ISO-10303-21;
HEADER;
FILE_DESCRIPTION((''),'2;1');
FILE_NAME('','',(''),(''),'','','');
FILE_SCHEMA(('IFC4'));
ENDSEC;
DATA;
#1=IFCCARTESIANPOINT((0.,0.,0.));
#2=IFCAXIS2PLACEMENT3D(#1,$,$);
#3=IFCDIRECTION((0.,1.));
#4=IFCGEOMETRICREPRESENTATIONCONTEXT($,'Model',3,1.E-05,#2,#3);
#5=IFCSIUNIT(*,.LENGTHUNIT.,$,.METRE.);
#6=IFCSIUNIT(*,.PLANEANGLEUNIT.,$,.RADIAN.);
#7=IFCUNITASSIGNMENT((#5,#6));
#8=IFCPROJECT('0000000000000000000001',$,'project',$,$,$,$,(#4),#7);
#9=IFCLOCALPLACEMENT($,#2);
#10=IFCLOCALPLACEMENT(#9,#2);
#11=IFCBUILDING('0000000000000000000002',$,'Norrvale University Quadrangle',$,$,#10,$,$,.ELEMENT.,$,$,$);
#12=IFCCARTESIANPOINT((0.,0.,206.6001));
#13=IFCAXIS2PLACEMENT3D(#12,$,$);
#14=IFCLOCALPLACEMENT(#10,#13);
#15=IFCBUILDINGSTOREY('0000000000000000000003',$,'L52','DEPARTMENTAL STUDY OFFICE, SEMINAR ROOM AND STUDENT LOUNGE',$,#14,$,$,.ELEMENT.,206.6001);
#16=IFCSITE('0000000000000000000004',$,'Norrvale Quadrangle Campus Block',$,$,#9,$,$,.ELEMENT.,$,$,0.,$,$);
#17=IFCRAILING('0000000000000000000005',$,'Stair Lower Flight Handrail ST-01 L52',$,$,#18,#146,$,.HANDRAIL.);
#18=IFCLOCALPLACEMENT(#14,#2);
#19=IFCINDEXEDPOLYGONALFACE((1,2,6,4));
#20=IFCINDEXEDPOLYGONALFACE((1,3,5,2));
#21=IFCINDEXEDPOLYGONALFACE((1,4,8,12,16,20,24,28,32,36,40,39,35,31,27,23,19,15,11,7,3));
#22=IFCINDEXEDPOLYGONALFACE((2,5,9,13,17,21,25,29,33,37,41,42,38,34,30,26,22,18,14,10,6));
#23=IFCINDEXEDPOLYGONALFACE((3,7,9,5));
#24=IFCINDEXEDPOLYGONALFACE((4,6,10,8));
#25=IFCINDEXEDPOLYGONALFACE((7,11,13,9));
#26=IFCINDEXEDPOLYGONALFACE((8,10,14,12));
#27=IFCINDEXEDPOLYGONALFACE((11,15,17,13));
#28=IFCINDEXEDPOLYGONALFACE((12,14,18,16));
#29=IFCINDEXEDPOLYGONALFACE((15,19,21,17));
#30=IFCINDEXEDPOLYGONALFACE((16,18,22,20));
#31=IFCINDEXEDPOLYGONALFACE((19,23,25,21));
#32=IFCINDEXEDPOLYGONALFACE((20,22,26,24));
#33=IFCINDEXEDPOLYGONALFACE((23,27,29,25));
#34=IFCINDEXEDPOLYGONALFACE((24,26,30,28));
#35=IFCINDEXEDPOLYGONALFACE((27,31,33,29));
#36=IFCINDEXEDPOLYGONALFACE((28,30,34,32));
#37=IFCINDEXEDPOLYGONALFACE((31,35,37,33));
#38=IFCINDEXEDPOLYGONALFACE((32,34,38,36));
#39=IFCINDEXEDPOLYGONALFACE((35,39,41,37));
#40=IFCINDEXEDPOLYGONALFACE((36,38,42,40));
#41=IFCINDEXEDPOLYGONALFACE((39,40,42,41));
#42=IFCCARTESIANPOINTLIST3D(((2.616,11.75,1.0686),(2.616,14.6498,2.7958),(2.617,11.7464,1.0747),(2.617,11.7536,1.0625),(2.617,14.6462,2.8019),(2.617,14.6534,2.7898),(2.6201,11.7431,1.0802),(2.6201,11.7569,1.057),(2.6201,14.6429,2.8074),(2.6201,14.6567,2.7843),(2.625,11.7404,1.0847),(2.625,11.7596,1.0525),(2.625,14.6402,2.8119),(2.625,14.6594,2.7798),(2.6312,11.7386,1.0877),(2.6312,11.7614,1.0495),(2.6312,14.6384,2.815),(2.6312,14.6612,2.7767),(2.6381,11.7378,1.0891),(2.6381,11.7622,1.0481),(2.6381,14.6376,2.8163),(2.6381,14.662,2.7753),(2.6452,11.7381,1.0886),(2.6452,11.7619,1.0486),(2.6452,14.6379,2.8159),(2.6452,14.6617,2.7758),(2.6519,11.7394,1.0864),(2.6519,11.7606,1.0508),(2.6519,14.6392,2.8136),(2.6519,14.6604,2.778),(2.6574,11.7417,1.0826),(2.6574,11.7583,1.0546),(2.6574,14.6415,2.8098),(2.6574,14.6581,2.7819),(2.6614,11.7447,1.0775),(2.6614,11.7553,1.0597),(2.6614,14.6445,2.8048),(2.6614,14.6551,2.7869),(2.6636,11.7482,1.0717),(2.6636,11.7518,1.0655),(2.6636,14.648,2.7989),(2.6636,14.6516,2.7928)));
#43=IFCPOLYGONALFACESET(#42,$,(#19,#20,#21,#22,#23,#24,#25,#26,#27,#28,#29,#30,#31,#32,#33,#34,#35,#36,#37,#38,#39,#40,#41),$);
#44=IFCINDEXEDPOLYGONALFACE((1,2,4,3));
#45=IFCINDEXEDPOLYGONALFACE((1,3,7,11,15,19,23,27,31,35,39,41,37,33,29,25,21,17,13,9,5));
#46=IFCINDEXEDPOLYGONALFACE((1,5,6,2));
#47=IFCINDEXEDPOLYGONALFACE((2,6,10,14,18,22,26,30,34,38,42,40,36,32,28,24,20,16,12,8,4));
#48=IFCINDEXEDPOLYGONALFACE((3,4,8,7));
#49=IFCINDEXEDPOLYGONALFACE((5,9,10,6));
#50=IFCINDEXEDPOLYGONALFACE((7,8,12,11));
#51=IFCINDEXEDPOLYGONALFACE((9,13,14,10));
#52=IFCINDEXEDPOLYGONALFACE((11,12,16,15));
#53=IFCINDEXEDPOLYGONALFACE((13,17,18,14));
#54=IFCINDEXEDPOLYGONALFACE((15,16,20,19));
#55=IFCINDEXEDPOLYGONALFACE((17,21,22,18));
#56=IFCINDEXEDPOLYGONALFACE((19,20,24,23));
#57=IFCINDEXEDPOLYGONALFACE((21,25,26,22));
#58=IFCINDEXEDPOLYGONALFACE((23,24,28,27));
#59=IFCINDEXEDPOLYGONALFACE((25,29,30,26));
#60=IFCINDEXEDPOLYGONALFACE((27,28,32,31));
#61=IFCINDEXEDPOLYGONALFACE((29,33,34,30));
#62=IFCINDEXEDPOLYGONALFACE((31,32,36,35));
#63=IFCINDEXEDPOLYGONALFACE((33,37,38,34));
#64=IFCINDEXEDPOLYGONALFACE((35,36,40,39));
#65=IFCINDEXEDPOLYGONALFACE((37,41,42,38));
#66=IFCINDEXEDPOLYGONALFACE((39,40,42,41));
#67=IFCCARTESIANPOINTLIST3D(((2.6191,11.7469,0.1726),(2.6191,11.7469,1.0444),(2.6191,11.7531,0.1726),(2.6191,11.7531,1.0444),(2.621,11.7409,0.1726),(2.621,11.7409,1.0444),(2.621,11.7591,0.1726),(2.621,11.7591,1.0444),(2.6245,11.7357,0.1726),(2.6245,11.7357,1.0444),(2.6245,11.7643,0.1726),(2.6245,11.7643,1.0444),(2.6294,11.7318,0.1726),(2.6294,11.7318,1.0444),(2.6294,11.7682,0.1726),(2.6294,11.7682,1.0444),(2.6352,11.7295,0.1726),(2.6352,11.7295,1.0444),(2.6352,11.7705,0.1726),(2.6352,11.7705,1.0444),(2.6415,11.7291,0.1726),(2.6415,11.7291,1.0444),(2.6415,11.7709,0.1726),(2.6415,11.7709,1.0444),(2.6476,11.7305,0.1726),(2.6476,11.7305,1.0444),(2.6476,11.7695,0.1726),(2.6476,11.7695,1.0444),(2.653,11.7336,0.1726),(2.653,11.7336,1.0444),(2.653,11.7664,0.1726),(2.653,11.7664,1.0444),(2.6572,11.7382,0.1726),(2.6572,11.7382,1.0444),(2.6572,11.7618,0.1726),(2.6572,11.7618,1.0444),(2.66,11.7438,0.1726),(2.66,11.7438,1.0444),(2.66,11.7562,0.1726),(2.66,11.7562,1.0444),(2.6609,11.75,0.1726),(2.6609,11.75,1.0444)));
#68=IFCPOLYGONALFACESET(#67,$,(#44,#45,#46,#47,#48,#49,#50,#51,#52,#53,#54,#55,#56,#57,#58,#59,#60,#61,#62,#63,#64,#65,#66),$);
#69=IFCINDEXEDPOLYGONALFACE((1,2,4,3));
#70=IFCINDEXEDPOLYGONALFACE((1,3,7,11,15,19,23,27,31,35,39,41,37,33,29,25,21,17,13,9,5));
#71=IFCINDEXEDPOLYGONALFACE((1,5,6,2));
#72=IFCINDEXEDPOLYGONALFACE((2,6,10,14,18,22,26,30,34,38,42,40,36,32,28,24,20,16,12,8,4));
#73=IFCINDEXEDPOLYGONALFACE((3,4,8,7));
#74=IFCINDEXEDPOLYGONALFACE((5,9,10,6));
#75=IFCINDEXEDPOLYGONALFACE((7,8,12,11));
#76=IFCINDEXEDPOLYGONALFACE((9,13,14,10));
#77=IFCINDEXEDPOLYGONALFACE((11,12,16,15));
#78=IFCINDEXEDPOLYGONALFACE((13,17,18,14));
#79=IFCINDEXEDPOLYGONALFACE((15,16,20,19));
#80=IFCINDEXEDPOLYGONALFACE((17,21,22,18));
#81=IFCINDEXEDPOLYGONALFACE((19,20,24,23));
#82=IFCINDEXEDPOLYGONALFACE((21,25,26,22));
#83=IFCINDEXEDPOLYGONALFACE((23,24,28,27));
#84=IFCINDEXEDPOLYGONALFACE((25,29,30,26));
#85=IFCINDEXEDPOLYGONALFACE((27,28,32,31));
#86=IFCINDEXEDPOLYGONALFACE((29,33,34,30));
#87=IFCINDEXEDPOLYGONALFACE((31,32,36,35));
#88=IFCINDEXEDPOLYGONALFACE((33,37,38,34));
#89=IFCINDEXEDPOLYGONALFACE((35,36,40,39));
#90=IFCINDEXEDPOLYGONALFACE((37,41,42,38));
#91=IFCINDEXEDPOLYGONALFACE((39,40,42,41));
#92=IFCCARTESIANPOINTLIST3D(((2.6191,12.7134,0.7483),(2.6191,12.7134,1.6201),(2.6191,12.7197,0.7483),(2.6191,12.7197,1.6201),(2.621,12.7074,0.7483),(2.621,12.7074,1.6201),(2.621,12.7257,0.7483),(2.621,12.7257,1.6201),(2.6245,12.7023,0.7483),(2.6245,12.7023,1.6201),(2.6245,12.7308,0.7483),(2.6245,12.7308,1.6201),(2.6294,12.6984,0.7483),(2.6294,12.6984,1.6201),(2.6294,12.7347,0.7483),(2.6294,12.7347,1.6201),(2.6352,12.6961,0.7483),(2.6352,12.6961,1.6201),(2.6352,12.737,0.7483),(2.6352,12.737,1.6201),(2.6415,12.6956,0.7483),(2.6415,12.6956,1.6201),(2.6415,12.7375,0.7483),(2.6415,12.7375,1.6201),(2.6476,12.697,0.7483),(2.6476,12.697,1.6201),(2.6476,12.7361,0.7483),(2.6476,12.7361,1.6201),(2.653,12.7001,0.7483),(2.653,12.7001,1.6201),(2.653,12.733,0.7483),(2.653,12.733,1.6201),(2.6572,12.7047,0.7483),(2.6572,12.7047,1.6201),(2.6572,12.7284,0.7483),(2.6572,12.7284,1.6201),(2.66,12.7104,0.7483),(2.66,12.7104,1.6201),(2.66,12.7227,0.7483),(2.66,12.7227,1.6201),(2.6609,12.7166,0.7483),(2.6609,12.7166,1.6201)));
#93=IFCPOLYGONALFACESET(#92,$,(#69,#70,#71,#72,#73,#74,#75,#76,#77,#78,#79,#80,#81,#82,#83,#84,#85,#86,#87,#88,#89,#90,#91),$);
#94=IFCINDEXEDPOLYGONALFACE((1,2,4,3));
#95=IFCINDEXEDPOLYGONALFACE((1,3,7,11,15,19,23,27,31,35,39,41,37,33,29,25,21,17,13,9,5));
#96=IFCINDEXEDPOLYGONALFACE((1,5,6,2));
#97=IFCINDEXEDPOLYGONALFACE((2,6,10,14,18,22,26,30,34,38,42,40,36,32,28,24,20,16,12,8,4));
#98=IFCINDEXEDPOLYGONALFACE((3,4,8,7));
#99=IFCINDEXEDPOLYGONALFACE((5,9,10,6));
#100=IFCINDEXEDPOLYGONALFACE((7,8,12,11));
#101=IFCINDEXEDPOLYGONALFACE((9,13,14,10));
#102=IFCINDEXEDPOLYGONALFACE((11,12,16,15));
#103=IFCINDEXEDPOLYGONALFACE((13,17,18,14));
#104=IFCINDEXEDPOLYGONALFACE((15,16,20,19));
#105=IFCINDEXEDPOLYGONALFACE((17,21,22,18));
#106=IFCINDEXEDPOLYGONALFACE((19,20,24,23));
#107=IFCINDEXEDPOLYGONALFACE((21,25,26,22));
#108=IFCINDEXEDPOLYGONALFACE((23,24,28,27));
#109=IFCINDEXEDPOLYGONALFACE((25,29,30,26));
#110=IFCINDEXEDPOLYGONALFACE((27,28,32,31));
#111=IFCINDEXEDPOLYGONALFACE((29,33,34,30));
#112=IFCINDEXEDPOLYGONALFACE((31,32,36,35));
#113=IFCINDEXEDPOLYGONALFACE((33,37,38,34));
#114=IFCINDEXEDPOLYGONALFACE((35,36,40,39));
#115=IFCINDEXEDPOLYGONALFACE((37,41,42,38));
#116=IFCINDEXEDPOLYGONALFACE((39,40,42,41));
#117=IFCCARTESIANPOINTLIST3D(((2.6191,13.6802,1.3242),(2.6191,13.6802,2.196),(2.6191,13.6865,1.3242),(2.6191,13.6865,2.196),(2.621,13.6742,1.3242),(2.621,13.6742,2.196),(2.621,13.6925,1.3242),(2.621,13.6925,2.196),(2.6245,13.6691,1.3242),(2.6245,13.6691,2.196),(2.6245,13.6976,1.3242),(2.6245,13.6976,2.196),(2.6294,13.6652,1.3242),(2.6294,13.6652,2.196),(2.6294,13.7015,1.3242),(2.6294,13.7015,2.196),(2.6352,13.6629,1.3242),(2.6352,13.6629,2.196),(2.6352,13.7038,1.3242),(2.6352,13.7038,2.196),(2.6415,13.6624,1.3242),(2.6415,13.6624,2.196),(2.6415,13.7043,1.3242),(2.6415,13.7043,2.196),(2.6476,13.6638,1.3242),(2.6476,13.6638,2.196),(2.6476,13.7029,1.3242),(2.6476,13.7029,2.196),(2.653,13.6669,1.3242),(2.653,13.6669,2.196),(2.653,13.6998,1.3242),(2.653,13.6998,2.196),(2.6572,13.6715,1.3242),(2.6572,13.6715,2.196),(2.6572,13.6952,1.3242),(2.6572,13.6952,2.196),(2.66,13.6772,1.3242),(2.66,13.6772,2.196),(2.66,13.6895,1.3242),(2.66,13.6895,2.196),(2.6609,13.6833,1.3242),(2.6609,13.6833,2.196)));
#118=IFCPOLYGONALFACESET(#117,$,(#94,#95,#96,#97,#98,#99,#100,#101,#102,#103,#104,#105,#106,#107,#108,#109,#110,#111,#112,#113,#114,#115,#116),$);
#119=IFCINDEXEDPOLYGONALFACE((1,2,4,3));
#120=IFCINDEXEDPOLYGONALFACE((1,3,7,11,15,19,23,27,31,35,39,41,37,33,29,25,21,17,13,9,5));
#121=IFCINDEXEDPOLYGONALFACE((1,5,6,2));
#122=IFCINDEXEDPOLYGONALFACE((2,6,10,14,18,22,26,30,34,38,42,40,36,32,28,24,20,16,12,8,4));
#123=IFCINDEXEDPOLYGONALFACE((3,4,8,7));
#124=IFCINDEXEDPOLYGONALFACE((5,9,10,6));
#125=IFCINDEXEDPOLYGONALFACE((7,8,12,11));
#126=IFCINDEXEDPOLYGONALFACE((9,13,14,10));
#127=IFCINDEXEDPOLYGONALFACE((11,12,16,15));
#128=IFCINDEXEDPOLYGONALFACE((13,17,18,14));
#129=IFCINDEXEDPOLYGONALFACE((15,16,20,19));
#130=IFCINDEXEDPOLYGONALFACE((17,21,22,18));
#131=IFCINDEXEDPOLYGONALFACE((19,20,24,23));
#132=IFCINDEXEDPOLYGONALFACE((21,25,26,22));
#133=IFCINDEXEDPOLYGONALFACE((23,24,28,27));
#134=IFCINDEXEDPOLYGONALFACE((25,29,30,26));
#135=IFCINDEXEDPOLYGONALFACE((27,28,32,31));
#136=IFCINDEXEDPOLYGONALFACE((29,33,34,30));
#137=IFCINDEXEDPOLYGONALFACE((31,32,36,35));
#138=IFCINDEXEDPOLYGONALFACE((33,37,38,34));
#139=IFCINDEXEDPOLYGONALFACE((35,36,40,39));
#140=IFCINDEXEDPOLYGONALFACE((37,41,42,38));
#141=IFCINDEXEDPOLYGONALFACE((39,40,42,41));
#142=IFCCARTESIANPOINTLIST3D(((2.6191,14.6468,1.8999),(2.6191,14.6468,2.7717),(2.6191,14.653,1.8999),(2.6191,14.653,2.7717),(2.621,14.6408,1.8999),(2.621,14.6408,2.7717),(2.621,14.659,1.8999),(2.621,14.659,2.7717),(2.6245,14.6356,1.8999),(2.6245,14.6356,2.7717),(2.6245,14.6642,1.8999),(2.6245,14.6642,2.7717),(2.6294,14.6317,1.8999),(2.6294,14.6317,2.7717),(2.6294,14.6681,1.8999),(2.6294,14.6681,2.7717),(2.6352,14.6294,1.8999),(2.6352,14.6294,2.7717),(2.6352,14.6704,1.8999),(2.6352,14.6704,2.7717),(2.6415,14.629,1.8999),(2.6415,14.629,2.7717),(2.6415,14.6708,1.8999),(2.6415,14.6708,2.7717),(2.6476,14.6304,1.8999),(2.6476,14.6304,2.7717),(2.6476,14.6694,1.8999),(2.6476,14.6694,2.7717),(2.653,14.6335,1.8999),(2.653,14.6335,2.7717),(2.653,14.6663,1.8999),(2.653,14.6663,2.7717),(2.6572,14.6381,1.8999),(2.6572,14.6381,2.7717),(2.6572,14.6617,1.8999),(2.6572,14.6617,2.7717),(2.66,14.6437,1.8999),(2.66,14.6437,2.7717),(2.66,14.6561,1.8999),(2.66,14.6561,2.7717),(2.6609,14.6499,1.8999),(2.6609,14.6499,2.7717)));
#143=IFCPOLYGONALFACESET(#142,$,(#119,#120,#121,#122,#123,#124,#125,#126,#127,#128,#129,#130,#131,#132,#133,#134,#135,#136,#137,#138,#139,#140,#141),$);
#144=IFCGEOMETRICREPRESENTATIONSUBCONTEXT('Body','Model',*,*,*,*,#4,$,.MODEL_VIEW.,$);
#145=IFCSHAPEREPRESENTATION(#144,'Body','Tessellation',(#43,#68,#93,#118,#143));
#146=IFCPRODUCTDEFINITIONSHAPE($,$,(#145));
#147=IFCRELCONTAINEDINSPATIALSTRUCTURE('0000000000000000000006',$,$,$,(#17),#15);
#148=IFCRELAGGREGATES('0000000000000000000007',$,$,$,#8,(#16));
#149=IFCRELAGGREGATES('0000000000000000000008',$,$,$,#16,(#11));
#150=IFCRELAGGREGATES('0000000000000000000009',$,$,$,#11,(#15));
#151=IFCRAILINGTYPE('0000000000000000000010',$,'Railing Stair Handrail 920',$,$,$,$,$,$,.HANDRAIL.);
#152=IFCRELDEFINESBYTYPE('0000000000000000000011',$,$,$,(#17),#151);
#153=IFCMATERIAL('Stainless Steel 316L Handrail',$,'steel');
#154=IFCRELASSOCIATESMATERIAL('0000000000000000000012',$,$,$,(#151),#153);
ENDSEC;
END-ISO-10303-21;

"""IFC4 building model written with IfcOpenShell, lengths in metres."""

from ifc_helpers import new_model, si_unit, direction, frame, origin, origin_2d, place, context, subcontext, project, spatial, circle, extrude, material, type_object, element, save


model = new_model("IFC4")

# Units and contexts
model_context = context("Model", 3, precision=1e-05, world=origin(), true_north=direction((0.0, 1.0)))
body_context = subcontext(model_context, "Body", "Model", "MODEL_VIEW")
ifc_project = project(units=[si_unit("LENGTHUNIT", "METRE"), si_unit("PLANEANGLEUNIT", "RADIAN")], contexts=[model_context])

# Site, building, storey
site_placement = place(None, origin())
site = spatial("IfcSite", under=ifc_project, at=site_placement, Name="Norrvale Quadrangle Campus Block", CompositionType="ELEMENT", RefElevation=0.0)
building_placement = place(site_placement, origin())
building = spatial("IfcBuilding", under=site, at=building_placement, Name="Norrvale University Quadrangle", CompositionType="ELEMENT")
storey_placement = place(building_placement, frame((0.0, 0.0, 206.6001)))
storey = spatial("IfcBuildingStorey", under=building, at=storey_placement, Name="L52", Description="DEPARTMENTAL STUDY OFFICE, SEMINAR ROOM AND STUDENT LOUNGE", CompositionType="ELEMENT", Elevation=206.6001)

# Railing
ifc_material_1 = material(Name="Stainless Steel 316L Handrail", Category="steel")
railing_type_1 = type_object("IfcRailingType", Name="Railing Stair Handrail 920", PredefinedType="HANDRAIL", material=ifc_material_1)
railing_1_placement = place(storey_placement, frame((2.6399, 11.75, 0.1726)))
element("IfcRailing", 1, at=railing_1_placement, inside=storey, type_object=railing_type_1, Name="Stair Lower Flight Handrail ST-01 L52", PredefinedType="HANDRAIL", context=body_context, shape_type="SweptSolid", body=[
    extrude(circle(Radius=0.0239, at=origin_2d()), frame((0.0, 0.0, 0.896), z_axis=(0.0, 0.859141, 0.511738), x_axis=(-1.0, 0.0, 0.0)), (0.0, 0.0, 1.0), 3.3752),
    extrude(circle(Radius=0.021, at=origin_2d()), origin(), (0.0, 0.0, 1.0), 0.8718),
    extrude(circle(Radius=0.021, at=origin_2d()), frame((0.0, 0.9666, 0.5757)), (0.0, 0.0, 1.0), 0.8718),
    extrude(circle(Radius=0.021, at=origin_2d()), frame((0.0, 1.9333, 1.1516)), (0.0, 0.0, 1.0), 0.8718),
    extrude(circle(Radius=0.021, at=origin_2d()), frame((0.0, 2.8999, 1.7273)), (0.0, 0.0, 1.0), 0.8718),
])

save(model, "model.ifc")
